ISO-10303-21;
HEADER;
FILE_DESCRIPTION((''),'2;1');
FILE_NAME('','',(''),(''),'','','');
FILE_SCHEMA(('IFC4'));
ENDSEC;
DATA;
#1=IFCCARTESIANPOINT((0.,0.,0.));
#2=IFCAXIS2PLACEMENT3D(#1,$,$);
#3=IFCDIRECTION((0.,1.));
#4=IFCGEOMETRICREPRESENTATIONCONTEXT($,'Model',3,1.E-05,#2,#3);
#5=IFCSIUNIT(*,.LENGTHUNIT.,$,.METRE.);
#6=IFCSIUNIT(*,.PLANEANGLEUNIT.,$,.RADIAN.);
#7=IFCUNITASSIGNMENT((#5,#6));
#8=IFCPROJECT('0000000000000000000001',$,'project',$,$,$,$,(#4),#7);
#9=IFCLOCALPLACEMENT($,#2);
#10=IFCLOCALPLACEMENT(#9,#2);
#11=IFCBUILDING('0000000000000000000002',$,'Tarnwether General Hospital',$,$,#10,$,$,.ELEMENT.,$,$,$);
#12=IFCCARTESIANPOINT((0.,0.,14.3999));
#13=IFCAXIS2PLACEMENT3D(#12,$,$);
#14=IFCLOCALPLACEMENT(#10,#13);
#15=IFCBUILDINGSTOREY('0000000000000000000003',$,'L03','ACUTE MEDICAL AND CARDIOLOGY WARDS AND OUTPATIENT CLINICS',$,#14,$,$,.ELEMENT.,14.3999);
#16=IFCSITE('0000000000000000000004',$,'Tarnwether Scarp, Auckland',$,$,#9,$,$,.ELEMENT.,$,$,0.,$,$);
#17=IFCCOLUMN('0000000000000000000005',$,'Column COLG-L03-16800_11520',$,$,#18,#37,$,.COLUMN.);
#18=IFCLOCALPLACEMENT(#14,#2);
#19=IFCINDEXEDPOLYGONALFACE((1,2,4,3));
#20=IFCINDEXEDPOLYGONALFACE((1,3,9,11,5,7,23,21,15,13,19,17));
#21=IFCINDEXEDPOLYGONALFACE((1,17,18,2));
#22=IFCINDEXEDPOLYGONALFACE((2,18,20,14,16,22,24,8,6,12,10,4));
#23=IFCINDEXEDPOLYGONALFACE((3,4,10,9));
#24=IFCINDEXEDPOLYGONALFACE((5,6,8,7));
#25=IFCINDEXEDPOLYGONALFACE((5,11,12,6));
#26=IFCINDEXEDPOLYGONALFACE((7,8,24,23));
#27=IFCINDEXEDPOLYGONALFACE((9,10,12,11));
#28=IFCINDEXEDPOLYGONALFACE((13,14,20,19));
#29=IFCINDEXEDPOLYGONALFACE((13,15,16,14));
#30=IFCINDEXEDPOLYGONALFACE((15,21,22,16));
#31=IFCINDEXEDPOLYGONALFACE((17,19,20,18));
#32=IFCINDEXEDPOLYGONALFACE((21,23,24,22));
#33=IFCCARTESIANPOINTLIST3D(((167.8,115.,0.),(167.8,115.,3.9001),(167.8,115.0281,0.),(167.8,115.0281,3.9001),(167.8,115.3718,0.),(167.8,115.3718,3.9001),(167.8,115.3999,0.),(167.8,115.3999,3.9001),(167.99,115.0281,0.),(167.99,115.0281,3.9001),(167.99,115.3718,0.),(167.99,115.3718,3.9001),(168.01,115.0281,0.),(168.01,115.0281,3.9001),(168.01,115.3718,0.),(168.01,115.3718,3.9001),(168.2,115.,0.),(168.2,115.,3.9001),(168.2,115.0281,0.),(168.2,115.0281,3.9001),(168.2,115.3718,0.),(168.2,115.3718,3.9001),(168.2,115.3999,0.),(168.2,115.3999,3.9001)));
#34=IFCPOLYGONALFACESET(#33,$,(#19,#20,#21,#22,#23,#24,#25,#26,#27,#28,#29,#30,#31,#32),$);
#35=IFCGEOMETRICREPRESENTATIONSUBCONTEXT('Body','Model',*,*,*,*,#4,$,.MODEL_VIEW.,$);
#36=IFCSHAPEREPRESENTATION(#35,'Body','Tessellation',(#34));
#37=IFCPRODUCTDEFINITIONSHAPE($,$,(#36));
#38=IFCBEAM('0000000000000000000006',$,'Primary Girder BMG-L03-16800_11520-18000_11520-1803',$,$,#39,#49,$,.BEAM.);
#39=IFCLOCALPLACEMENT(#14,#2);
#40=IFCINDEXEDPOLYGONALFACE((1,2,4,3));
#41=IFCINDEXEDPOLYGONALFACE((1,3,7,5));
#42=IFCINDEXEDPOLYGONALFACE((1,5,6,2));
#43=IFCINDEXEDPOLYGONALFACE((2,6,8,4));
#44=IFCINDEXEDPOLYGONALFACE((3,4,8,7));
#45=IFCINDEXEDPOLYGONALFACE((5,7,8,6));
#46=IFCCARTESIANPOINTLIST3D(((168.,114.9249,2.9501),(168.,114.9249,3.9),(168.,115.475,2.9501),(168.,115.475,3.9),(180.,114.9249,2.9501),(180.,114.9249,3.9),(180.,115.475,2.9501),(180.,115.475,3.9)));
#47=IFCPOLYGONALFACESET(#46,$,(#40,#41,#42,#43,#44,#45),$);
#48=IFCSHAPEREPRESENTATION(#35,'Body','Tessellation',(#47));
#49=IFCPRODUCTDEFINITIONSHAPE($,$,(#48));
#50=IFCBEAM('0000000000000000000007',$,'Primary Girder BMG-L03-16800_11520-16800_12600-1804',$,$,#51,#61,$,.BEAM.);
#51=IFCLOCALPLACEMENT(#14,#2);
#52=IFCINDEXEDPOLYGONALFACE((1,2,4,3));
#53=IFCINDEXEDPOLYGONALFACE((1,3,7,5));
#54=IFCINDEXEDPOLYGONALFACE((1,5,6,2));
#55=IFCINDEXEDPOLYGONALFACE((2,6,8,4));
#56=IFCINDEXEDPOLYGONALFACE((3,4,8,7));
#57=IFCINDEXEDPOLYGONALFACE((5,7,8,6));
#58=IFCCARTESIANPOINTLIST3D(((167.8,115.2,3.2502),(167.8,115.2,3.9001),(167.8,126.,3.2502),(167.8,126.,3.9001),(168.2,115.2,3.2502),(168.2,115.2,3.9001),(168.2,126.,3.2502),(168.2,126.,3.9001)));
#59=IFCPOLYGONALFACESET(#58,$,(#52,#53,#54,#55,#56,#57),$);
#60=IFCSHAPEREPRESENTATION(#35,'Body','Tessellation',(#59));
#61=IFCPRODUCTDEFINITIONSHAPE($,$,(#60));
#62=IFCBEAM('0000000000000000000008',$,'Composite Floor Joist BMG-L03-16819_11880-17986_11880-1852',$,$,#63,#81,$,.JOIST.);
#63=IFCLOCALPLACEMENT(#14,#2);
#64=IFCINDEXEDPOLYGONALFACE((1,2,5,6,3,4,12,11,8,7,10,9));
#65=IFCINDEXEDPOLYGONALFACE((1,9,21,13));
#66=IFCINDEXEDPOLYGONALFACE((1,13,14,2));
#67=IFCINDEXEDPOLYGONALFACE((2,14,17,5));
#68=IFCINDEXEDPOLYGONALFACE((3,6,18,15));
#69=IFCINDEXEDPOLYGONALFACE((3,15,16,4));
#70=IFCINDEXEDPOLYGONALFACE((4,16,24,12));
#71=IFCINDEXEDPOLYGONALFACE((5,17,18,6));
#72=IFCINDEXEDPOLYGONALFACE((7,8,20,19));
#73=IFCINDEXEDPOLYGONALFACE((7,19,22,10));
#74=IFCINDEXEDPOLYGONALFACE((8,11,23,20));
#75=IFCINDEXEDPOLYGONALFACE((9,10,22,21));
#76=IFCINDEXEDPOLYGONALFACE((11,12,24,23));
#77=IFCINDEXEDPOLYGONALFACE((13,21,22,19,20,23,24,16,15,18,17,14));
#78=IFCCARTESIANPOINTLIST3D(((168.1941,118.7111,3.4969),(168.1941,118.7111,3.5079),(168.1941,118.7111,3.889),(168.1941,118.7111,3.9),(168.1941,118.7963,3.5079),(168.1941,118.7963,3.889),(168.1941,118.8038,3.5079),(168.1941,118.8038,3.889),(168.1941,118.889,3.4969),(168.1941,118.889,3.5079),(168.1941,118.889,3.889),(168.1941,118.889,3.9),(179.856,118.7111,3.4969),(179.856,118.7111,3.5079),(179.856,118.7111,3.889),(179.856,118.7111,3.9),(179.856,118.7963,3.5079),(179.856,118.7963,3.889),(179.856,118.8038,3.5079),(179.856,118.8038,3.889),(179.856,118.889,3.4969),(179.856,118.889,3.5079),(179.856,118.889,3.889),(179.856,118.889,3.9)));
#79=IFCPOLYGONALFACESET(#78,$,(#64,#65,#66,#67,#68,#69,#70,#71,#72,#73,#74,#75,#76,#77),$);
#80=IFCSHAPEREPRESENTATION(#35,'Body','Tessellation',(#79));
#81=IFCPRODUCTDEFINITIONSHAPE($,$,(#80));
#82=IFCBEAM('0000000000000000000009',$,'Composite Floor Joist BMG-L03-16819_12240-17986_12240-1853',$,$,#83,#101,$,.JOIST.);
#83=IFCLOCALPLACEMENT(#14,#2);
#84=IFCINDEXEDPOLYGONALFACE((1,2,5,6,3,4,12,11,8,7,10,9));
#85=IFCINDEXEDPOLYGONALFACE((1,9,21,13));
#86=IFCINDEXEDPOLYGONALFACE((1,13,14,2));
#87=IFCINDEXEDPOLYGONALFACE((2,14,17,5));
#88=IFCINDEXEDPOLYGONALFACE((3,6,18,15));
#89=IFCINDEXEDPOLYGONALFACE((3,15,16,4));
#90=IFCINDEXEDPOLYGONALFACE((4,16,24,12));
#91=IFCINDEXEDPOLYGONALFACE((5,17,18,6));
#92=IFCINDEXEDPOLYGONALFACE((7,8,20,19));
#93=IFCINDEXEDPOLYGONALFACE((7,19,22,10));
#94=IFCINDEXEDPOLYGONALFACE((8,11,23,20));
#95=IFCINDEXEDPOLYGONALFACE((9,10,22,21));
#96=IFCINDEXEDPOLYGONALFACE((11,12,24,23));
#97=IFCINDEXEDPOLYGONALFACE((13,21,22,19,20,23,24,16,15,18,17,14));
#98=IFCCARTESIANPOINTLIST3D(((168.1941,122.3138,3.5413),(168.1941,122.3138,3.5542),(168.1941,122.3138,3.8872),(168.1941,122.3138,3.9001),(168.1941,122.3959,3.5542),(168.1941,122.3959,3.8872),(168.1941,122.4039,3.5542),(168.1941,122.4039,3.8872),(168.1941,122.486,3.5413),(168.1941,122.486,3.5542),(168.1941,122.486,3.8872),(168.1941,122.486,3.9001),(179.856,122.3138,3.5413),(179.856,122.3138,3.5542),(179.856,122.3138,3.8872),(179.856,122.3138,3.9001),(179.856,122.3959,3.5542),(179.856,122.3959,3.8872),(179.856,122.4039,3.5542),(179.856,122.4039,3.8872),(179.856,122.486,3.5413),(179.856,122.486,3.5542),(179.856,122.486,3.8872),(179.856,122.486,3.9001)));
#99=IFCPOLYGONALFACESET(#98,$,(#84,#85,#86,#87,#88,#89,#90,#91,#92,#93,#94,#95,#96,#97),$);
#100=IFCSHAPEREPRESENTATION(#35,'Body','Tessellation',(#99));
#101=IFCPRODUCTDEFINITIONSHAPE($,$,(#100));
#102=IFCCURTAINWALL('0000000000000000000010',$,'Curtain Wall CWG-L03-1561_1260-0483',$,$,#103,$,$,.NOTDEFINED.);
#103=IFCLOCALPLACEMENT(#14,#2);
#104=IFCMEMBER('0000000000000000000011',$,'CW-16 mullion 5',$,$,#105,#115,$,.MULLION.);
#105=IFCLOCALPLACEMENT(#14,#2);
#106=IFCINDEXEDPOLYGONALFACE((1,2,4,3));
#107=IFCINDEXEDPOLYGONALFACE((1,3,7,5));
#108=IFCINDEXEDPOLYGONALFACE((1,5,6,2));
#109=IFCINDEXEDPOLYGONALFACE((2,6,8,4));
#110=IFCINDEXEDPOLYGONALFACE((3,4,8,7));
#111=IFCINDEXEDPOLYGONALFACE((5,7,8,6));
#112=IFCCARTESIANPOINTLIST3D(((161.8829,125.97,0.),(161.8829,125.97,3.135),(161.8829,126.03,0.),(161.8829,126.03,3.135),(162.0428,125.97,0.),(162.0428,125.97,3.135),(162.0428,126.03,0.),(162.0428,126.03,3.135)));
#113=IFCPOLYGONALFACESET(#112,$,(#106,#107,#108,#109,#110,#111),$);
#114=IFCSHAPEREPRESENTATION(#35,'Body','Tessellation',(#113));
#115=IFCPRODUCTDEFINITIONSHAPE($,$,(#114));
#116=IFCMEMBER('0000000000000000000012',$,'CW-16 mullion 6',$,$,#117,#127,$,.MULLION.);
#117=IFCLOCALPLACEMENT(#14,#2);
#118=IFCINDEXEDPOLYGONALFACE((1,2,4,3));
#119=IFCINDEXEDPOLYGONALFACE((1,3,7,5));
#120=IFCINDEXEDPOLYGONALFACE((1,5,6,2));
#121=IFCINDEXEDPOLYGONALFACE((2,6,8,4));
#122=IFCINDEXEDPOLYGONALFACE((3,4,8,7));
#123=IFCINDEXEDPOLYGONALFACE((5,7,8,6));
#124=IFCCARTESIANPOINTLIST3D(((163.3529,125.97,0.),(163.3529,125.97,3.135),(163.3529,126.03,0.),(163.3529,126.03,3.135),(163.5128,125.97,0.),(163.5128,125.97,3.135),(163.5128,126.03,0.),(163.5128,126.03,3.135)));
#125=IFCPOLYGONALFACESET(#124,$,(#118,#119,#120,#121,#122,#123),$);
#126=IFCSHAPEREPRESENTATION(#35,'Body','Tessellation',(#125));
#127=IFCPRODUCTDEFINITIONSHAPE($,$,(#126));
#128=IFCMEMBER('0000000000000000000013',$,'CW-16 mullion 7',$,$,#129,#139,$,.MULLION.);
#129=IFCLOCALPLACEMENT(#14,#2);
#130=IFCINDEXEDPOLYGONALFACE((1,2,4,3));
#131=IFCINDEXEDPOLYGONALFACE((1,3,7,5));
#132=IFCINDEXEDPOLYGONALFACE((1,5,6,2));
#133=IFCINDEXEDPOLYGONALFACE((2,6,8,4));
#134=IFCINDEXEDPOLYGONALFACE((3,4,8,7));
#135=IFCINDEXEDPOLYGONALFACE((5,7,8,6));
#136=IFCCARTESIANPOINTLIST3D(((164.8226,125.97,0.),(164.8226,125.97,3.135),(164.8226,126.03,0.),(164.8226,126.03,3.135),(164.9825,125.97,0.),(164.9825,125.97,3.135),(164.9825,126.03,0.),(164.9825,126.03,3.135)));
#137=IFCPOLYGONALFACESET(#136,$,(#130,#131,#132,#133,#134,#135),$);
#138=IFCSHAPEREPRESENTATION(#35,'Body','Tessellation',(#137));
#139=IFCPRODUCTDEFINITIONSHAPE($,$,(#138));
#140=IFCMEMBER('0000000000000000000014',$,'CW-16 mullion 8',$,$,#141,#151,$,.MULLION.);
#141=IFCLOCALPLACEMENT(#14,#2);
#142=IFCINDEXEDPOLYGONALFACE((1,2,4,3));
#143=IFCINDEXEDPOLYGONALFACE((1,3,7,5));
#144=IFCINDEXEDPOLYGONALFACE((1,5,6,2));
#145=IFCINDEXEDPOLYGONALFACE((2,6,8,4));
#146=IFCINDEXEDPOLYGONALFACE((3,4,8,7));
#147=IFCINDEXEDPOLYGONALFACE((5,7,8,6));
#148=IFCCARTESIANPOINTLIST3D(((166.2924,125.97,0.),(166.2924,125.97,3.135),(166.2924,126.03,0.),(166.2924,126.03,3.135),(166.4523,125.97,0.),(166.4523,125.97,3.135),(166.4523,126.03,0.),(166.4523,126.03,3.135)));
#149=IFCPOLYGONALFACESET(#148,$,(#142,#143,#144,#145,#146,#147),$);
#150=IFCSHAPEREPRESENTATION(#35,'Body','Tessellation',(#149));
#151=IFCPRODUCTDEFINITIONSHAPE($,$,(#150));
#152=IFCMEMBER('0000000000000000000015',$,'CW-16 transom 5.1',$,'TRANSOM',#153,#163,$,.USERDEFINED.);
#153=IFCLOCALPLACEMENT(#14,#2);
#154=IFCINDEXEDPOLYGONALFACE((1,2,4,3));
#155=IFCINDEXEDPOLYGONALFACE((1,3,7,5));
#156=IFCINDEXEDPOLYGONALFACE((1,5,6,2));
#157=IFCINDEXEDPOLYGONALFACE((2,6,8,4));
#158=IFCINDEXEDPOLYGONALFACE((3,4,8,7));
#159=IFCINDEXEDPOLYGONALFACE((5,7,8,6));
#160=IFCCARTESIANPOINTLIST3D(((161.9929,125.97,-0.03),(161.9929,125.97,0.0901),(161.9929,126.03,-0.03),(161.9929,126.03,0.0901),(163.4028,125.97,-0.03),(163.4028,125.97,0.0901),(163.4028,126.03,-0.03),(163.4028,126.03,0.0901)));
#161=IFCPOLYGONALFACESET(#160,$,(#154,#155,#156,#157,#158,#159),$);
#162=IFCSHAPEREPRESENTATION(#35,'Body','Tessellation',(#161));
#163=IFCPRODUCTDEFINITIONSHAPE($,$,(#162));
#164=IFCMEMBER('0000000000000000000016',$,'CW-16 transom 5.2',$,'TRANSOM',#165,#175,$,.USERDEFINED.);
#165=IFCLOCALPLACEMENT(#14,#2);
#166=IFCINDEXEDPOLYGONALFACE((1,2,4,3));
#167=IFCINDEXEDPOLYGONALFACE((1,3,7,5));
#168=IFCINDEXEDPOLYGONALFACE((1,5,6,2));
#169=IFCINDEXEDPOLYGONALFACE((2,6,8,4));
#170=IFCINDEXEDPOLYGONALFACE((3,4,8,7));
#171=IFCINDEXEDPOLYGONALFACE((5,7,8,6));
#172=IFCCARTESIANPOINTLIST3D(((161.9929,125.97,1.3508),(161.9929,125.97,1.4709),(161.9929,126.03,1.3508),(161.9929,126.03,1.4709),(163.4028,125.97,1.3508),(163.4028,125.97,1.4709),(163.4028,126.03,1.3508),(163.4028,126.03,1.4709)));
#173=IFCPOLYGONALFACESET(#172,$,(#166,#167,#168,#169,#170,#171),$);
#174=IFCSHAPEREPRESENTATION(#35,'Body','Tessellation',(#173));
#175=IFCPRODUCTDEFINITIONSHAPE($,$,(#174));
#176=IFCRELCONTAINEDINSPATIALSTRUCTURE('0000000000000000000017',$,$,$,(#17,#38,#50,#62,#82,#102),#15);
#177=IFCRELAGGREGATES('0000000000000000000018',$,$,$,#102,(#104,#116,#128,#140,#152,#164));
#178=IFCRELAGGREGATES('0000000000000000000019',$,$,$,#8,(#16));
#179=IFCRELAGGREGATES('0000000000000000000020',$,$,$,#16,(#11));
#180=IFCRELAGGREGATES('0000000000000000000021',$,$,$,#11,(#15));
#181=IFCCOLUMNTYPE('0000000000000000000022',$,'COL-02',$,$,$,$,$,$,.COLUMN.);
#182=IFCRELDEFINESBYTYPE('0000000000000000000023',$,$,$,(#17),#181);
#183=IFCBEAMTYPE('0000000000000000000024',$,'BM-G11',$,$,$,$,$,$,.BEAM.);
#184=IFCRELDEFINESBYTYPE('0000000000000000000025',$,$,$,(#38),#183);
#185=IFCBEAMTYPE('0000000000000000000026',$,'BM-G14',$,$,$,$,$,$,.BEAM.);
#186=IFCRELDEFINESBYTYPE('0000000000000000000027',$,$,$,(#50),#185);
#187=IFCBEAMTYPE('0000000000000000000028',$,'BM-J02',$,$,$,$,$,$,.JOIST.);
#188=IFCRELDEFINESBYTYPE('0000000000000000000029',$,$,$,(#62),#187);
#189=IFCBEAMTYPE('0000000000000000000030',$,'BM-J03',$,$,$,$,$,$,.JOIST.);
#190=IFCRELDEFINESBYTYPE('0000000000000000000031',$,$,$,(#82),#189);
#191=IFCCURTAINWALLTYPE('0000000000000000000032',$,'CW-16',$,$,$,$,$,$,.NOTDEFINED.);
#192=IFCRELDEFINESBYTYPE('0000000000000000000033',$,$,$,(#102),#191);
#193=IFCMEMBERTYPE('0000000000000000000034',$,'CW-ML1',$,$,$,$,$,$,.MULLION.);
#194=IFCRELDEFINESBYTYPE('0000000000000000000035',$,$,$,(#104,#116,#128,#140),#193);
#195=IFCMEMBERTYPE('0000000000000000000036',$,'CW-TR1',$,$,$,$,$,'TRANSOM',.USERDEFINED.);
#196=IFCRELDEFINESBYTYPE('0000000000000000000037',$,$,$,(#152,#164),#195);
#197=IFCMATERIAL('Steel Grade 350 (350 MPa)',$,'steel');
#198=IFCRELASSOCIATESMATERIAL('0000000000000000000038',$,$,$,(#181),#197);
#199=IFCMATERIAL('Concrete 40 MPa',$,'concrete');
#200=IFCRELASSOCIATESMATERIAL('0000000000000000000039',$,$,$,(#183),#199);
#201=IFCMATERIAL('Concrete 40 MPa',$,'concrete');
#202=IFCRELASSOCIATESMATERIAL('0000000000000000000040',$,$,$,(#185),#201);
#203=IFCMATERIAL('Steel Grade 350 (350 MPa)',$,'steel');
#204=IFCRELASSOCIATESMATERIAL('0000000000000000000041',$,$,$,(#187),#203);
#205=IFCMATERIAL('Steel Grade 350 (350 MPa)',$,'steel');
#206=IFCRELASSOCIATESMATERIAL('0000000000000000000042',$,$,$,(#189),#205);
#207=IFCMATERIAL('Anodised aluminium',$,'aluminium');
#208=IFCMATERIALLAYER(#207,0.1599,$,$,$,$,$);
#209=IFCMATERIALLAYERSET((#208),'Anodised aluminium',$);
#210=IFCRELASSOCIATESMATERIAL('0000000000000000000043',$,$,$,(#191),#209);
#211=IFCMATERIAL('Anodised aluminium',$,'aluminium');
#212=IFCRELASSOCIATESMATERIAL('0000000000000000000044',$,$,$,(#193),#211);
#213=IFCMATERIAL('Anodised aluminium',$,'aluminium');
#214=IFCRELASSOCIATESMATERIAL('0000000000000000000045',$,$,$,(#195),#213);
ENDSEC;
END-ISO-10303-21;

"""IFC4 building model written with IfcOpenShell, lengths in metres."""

from ifc_helpers import new_model, si_unit, direction, frame, origin, origin_2d, place, context, subcontext, project, spatial, rectangle, i_section, extrude, material, layer, layer_set, material_profile, profile_set, type_object, element, aggregate, save


model = new_model("IFC4")

# Units and contexts
model_context = context("Model", 3, precision=1e-05, world=origin(), true_north=direction((0.0, 1.0)))
body_context = subcontext(model_context, "Body", "Model", "MODEL_VIEW")
ifc_project = project(units=[si_unit("LENGTHUNIT", "METRE"), si_unit("PLANEANGLEUNIT", "RADIAN")], contexts=[model_context])

# Site, building, storey
site_placement = place(None, origin())
site = spatial("IfcSite", under=ifc_project, at=site_placement, Name="Tarnwether Scarp, Auckland", CompositionType="ELEMENT", RefElevation=0.0)
building_placement = place(site_placement, origin())
building = spatial("IfcBuilding", under=site, at=building_placement, Name="Tarnwether General Hospital", CompositionType="ELEMENT")
storey_placement = place(building_placement, frame((0.0, 0.0, 14.3999)))
storey = spatial("IfcBuildingStorey", under=building, at=storey_placement, Name="L03", Description="ACUTE MEDICAL AND CARDIOLOGY WARDS AND OUTPATIENT CLINICS", CompositionType="ELEMENT", Elevation=14.3999)

# Column
ifc_material_1 = material(Name="Steel Grade 350 (350 MPa)", Category="steel")
ifc_material_profile_1 = material_profile(ifc_material_1, i_section(OverallWidth=0.3999, OverallDepth=0.3999, WebThickness=0.02, FlangeThickness=0.0281, at=origin_2d()), Name="400WC270")
ifc_profile_set_1 = profile_set([ifc_material_profile_1], Name="Steel Grade 350 (350 MPa)")
column_type = type_object("IfcColumnType", Name="COL-02", PredefinedType="COLUMN", material=ifc_profile_set_1)
column_placement = place(storey_placement, frame((168.0, 115.2, 0.0), z_axis=(0.0, 0.0, 1.0), x_axis=(1.0, 0.0, 0.0)))
element("IfcColumn", 1, at=column_placement, inside=storey, type_object=column_type, Name="Column COLG-L03-16800_11520", PredefinedType="COLUMN", context=body_context, shape_type="SweptSolid", body=[
    extrude(i_section(OverallWidth=0.3999, OverallDepth=0.3999, WebThickness=0.02, FlangeThickness=0.0281, at=origin_2d()), origin(), (0.0, 0.0, 1.0), 3.9001),
])

# Beams
ifc_material_2 = material(Name="Concrete 40 MPa", Category="concrete")
ifc_material_profile_2 = material_profile(ifc_material_2, rectangle(XDim=0.55, YDim=0.95, at=origin_2d()), Name="RC-BM-550x950")
ifc_profile_set_2 = profile_set([ifc_material_profile_2], Name="Concrete 40 MPa")
beam_type_1 = type_object("IfcBeamType", Name="BM-G11", PredefinedType="BEAM", material=ifc_profile_set_2)
beam_1_placement = place(storey_placement, frame((168.0, 115.2, 3.425), z_axis=(1.0, 0.0, 0.0), x_axis=(0.0, 1.0, 0.0)))
element("IfcBeam", 2, at=beam_1_placement, inside=storey, type_object=beam_type_1, Name="Primary Girder BMG-L03-16800_11520-18000_11520-1803", PredefinedType="BEAM", context=body_context, shape_type="SweptSolid", body=[
    extrude(rectangle(XDim=0.55, YDim=0.95, at=origin_2d()), origin(), (0.0, 0.0, 1.0), 12.0),
])
ifc_material_3 = material(Name="Concrete 40 MPa", Category="concrete")
ifc_material_profile_3 = material_profile(ifc_material_3, rectangle(XDim=0.3999, YDim=0.6499, at=origin_2d()), Name="RC-BM-400x650")
ifc_profile_set_3 = profile_set([ifc_material_profile_3], Name="Concrete 40 MPa")
beam_type_2 = type_object("IfcBeamType", Name="BM-G14", PredefinedType="BEAM", material=ifc_profile_set_3)
beam_2_placement = place(storey_placement, frame((168.0, 115.2, 3.5752), z_axis=(0.0, 1.0, 0.0), x_axis=(-1.0, 0.0, 0.0)))
element("IfcBeam", 3, at=beam_2_placement, inside=storey, type_object=beam_type_2, Name="Primary Girder BMG-L03-16800_11520-16800_12600-1804", PredefinedType="BEAM", context=body_context, shape_type="SweptSolid", body=[
    extrude(rectangle(XDim=0.3999, YDim=0.6499, at=origin_2d()), origin(), (0.0, 0.0, 1.0), 10.8),
])
ifc_material_4 = material(Name="Steel Grade 350 (350 MPa)", Category="steel")
ifc_material_profile_4 = material_profile(ifc_material_4, i_section(OverallWidth=0.178, OverallDepth=0.4031, WebThickness=0.0076, FlangeThickness=0.011, at=origin_2d()), Name="410UB53.7")
ifc_profile_set_4 = profile_set([ifc_material_profile_4], Name="Steel Grade 350 (350 MPa)")
beam_type_3 = type_object("IfcBeamType", Name="BM-J02", PredefinedType="JOIST", material=ifc_profile_set_4)
beam_3_placement = place(storey_placement, frame((168.1941, 118.8, 3.6985), z_axis=(1.0, 0.0, 0.0), x_axis=(0.0, 1.0, 0.0)))
element("IfcBeam", 4, at=beam_3_placement, inside=storey, type_object=beam_type_3, Name="Composite Floor Joist BMG-L03-16819_11880-17986_11880-1852", PredefinedType="JOIST", context=body_context, shape_type="SweptSolid", body=[
    extrude(i_section(OverallWidth=0.178, OverallDepth=0.4031, WebThickness=0.0076, FlangeThickness=0.011, at=origin_2d()), origin(), (0.0, 0.0, 1.0), 11.6619),
])
ifc_material_5 = material(Name="Steel Grade 350 (350 MPa)", Category="steel")
ifc_material_profile_5 = material_profile(ifc_material_5, i_section(OverallWidth=0.1721, OverallDepth=0.3589, WebThickness=0.0081, FlangeThickness=0.0129, at=origin_2d()), Name="360UB56.7")
ifc_profile_set_5 = profile_set([ifc_material_profile_5], Name="Steel Grade 350 (350 MPa)")
beam_type_4 = type_object("IfcBeamType", Name="BM-J03", PredefinedType="JOIST", material=ifc_profile_set_5)
beam_4_placement = place(storey_placement, frame((168.1941, 122.3999, 3.7207), z_axis=(1.0, 0.0, 0.0), x_axis=(0.0, 1.0, 0.0)))
element("IfcBeam", 5, at=beam_4_placement, inside=storey, type_object=beam_type_4, Name="Composite Floor Joist BMG-L03-16819_12240-17986_12240-1853", PredefinedType="JOIST", context=body_context, shape_type="SweptSolid", body=[
    extrude(i_section(OverallWidth=0.1721, OverallDepth=0.3589, WebThickness=0.0081, FlangeThickness=0.0129, at=origin_2d()), origin(), (0.0, 0.0, 1.0), 11.6619),
])

# Curtain wall, members
ifc_material_6 = material(Name="Anodised aluminium", Category="aluminium")
ifc_layer_1 = layer(ifc_material_6, 0.1599)
ifc_layer_set_1 = layer_set([ifc_layer_1], Name="Anodised aluminium")
curtain_wall_type = type_object("IfcCurtainWallType", Name="CW-16", PredefinedType="NOTDEFINED", material=ifc_layer_set_1)
curtain_wall_placement = place(storey_placement, origin())
curtain_wall = element("IfcCurtainWall", 6, at=curtain_wall_placement, inside=storey, type_object=curtain_wall_type, Name="Curtain Wall CWG-L03-1561_1260-0483", PredefinedType="NOTDEFINED")
ifc_material_7 = material(Name="Anodised aluminium", Category="aluminium")
ifc_material_profile_6 = material_profile(ifc_material_7, rectangle(XDim=0.0601, YDim=0.1599, at=origin_2d()), Name="ALU-MUL-60x160")
ifc_profile_set_6 = profile_set([ifc_material_profile_6], Name="Anodised aluminium")
member_type_1 = type_object("IfcMemberType", Name="CW-ML1", PredefinedType="MULLION", material=ifc_profile_set_6)
member_1_placement = place(storey_placement, frame((161.9629, 126.0, 0.0), z_axis=(0.0, 0.0, 1.0), x_axis=(0.0, 1.0, 0.0)))
member_1 = element("IfcMember", 7, at=member_1_placement, type_object=member_type_1, Name="CW-16 mullion 5", PredefinedType="MULLION", context=body_context, shape_type="SweptSolid", body=[
    extrude(rectangle(XDim=0.0601, YDim=0.1599, at=origin_2d()), origin(), (0.0, 0.0, 1.0), 3.135),
])
member_2_placement = place(storey_placement, frame((163.4329, 126.0, 0.0), z_axis=(0.0, 0.0, 1.0), x_axis=(0.0, 1.0, 0.0)))
member_2 = element("IfcMember", 8, at=member_2_placement, type_object=member_type_1, Name="CW-16 mullion 6", PredefinedType="MULLION", context=body_context, shape_type="SweptSolid", body=[
    extrude(rectangle(XDim=0.0601, YDim=0.1599, at=origin_2d()), origin(), (0.0, 0.0, 1.0), 3.135),
])
member_3_placement = place(storey_placement, frame((164.9026, 126.0, 0.0), z_axis=(0.0, 0.0, 1.0), x_axis=(0.0, 1.0, 0.0)))
member_3 = element("IfcMember", 9, at=member_3_placement, type_object=member_type_1, Name="CW-16 mullion 7", PredefinedType="MULLION", context=body_context, shape_type="SweptSolid", body=[
    extrude(rectangle(XDim=0.0601, YDim=0.1599, at=origin_2d()), origin(), (0.0, 0.0, 1.0), 3.135),
])
member_4_placement = place(storey_placement, frame((166.3723, 126.0, 0.0), z_axis=(0.0, 0.0, 1.0), x_axis=(0.0, 1.0, 0.0)))
member_4 = element("IfcMember", 10, at=member_4_placement, type_object=member_type_1, Name="CW-16 mullion 8", PredefinedType="MULLION", context=body_context, shape_type="SweptSolid", body=[
    extrude(rectangle(XDim=0.0601, YDim=0.1599, at=origin_2d()), origin(), (0.0, 0.0, 1.0), 3.135),
])
ifc_material_8 = material(Name="Anodised aluminium", Category="aluminium")
ifc_material_profile_7 = material_profile(ifc_material_8, rectangle(XDim=0.0601, YDim=0.1201, at=origin_2d()), Name="ALU-TRN-60x120")
ifc_profile_set_7 = profile_set([ifc_material_profile_7], Name="Anodised aluminium")
member_type_2 = type_object("IfcMemberType", Name="CW-TR1", ElementType="TRANSOM", PredefinedType="USERDEFINED", material=ifc_profile_set_7)
member_5_placement = place(storey_placement, frame((161.9929, 126.0, 0.03), z_axis=(1.0, 0.0, 0.0), x_axis=(0.0, 1.0, 0.0)))
member_5 = element("IfcMember", 11, at=member_5_placement, type_object=member_type_2, Name="CW-16 transom 5.1", ObjectType="TRANSOM", PredefinedType="USERDEFINED", context=body_context, shape_type="SweptSolid", body=[
    extrude(rectangle(XDim=0.0601, YDim=0.1201, at=origin_2d()), origin(), (0.0, 0.0, 1.0), 1.4099),
])
member_6_placement = place(storey_placement, frame((161.9929, 126.0, 1.4109), z_axis=(1.0, 0.0, 0.0), x_axis=(0.0, 1.0, 0.0)))
member_6 = element("IfcMember", 12, at=member_6_placement, type_object=member_type_2, Name="CW-16 transom 5.2", ObjectType="TRANSOM", PredefinedType="USERDEFINED", context=body_context, shape_type="SweptSolid", body=[
    extrude(rectangle(XDim=0.0601, YDim=0.1201, at=origin_2d()), origin(), (0.0, 0.0, 1.0), 1.4099),
])
aggregate(curtain_wall, [member_1, member_2, member_3, member_4, member_5, member_6])

save(model, "model.ifc")
